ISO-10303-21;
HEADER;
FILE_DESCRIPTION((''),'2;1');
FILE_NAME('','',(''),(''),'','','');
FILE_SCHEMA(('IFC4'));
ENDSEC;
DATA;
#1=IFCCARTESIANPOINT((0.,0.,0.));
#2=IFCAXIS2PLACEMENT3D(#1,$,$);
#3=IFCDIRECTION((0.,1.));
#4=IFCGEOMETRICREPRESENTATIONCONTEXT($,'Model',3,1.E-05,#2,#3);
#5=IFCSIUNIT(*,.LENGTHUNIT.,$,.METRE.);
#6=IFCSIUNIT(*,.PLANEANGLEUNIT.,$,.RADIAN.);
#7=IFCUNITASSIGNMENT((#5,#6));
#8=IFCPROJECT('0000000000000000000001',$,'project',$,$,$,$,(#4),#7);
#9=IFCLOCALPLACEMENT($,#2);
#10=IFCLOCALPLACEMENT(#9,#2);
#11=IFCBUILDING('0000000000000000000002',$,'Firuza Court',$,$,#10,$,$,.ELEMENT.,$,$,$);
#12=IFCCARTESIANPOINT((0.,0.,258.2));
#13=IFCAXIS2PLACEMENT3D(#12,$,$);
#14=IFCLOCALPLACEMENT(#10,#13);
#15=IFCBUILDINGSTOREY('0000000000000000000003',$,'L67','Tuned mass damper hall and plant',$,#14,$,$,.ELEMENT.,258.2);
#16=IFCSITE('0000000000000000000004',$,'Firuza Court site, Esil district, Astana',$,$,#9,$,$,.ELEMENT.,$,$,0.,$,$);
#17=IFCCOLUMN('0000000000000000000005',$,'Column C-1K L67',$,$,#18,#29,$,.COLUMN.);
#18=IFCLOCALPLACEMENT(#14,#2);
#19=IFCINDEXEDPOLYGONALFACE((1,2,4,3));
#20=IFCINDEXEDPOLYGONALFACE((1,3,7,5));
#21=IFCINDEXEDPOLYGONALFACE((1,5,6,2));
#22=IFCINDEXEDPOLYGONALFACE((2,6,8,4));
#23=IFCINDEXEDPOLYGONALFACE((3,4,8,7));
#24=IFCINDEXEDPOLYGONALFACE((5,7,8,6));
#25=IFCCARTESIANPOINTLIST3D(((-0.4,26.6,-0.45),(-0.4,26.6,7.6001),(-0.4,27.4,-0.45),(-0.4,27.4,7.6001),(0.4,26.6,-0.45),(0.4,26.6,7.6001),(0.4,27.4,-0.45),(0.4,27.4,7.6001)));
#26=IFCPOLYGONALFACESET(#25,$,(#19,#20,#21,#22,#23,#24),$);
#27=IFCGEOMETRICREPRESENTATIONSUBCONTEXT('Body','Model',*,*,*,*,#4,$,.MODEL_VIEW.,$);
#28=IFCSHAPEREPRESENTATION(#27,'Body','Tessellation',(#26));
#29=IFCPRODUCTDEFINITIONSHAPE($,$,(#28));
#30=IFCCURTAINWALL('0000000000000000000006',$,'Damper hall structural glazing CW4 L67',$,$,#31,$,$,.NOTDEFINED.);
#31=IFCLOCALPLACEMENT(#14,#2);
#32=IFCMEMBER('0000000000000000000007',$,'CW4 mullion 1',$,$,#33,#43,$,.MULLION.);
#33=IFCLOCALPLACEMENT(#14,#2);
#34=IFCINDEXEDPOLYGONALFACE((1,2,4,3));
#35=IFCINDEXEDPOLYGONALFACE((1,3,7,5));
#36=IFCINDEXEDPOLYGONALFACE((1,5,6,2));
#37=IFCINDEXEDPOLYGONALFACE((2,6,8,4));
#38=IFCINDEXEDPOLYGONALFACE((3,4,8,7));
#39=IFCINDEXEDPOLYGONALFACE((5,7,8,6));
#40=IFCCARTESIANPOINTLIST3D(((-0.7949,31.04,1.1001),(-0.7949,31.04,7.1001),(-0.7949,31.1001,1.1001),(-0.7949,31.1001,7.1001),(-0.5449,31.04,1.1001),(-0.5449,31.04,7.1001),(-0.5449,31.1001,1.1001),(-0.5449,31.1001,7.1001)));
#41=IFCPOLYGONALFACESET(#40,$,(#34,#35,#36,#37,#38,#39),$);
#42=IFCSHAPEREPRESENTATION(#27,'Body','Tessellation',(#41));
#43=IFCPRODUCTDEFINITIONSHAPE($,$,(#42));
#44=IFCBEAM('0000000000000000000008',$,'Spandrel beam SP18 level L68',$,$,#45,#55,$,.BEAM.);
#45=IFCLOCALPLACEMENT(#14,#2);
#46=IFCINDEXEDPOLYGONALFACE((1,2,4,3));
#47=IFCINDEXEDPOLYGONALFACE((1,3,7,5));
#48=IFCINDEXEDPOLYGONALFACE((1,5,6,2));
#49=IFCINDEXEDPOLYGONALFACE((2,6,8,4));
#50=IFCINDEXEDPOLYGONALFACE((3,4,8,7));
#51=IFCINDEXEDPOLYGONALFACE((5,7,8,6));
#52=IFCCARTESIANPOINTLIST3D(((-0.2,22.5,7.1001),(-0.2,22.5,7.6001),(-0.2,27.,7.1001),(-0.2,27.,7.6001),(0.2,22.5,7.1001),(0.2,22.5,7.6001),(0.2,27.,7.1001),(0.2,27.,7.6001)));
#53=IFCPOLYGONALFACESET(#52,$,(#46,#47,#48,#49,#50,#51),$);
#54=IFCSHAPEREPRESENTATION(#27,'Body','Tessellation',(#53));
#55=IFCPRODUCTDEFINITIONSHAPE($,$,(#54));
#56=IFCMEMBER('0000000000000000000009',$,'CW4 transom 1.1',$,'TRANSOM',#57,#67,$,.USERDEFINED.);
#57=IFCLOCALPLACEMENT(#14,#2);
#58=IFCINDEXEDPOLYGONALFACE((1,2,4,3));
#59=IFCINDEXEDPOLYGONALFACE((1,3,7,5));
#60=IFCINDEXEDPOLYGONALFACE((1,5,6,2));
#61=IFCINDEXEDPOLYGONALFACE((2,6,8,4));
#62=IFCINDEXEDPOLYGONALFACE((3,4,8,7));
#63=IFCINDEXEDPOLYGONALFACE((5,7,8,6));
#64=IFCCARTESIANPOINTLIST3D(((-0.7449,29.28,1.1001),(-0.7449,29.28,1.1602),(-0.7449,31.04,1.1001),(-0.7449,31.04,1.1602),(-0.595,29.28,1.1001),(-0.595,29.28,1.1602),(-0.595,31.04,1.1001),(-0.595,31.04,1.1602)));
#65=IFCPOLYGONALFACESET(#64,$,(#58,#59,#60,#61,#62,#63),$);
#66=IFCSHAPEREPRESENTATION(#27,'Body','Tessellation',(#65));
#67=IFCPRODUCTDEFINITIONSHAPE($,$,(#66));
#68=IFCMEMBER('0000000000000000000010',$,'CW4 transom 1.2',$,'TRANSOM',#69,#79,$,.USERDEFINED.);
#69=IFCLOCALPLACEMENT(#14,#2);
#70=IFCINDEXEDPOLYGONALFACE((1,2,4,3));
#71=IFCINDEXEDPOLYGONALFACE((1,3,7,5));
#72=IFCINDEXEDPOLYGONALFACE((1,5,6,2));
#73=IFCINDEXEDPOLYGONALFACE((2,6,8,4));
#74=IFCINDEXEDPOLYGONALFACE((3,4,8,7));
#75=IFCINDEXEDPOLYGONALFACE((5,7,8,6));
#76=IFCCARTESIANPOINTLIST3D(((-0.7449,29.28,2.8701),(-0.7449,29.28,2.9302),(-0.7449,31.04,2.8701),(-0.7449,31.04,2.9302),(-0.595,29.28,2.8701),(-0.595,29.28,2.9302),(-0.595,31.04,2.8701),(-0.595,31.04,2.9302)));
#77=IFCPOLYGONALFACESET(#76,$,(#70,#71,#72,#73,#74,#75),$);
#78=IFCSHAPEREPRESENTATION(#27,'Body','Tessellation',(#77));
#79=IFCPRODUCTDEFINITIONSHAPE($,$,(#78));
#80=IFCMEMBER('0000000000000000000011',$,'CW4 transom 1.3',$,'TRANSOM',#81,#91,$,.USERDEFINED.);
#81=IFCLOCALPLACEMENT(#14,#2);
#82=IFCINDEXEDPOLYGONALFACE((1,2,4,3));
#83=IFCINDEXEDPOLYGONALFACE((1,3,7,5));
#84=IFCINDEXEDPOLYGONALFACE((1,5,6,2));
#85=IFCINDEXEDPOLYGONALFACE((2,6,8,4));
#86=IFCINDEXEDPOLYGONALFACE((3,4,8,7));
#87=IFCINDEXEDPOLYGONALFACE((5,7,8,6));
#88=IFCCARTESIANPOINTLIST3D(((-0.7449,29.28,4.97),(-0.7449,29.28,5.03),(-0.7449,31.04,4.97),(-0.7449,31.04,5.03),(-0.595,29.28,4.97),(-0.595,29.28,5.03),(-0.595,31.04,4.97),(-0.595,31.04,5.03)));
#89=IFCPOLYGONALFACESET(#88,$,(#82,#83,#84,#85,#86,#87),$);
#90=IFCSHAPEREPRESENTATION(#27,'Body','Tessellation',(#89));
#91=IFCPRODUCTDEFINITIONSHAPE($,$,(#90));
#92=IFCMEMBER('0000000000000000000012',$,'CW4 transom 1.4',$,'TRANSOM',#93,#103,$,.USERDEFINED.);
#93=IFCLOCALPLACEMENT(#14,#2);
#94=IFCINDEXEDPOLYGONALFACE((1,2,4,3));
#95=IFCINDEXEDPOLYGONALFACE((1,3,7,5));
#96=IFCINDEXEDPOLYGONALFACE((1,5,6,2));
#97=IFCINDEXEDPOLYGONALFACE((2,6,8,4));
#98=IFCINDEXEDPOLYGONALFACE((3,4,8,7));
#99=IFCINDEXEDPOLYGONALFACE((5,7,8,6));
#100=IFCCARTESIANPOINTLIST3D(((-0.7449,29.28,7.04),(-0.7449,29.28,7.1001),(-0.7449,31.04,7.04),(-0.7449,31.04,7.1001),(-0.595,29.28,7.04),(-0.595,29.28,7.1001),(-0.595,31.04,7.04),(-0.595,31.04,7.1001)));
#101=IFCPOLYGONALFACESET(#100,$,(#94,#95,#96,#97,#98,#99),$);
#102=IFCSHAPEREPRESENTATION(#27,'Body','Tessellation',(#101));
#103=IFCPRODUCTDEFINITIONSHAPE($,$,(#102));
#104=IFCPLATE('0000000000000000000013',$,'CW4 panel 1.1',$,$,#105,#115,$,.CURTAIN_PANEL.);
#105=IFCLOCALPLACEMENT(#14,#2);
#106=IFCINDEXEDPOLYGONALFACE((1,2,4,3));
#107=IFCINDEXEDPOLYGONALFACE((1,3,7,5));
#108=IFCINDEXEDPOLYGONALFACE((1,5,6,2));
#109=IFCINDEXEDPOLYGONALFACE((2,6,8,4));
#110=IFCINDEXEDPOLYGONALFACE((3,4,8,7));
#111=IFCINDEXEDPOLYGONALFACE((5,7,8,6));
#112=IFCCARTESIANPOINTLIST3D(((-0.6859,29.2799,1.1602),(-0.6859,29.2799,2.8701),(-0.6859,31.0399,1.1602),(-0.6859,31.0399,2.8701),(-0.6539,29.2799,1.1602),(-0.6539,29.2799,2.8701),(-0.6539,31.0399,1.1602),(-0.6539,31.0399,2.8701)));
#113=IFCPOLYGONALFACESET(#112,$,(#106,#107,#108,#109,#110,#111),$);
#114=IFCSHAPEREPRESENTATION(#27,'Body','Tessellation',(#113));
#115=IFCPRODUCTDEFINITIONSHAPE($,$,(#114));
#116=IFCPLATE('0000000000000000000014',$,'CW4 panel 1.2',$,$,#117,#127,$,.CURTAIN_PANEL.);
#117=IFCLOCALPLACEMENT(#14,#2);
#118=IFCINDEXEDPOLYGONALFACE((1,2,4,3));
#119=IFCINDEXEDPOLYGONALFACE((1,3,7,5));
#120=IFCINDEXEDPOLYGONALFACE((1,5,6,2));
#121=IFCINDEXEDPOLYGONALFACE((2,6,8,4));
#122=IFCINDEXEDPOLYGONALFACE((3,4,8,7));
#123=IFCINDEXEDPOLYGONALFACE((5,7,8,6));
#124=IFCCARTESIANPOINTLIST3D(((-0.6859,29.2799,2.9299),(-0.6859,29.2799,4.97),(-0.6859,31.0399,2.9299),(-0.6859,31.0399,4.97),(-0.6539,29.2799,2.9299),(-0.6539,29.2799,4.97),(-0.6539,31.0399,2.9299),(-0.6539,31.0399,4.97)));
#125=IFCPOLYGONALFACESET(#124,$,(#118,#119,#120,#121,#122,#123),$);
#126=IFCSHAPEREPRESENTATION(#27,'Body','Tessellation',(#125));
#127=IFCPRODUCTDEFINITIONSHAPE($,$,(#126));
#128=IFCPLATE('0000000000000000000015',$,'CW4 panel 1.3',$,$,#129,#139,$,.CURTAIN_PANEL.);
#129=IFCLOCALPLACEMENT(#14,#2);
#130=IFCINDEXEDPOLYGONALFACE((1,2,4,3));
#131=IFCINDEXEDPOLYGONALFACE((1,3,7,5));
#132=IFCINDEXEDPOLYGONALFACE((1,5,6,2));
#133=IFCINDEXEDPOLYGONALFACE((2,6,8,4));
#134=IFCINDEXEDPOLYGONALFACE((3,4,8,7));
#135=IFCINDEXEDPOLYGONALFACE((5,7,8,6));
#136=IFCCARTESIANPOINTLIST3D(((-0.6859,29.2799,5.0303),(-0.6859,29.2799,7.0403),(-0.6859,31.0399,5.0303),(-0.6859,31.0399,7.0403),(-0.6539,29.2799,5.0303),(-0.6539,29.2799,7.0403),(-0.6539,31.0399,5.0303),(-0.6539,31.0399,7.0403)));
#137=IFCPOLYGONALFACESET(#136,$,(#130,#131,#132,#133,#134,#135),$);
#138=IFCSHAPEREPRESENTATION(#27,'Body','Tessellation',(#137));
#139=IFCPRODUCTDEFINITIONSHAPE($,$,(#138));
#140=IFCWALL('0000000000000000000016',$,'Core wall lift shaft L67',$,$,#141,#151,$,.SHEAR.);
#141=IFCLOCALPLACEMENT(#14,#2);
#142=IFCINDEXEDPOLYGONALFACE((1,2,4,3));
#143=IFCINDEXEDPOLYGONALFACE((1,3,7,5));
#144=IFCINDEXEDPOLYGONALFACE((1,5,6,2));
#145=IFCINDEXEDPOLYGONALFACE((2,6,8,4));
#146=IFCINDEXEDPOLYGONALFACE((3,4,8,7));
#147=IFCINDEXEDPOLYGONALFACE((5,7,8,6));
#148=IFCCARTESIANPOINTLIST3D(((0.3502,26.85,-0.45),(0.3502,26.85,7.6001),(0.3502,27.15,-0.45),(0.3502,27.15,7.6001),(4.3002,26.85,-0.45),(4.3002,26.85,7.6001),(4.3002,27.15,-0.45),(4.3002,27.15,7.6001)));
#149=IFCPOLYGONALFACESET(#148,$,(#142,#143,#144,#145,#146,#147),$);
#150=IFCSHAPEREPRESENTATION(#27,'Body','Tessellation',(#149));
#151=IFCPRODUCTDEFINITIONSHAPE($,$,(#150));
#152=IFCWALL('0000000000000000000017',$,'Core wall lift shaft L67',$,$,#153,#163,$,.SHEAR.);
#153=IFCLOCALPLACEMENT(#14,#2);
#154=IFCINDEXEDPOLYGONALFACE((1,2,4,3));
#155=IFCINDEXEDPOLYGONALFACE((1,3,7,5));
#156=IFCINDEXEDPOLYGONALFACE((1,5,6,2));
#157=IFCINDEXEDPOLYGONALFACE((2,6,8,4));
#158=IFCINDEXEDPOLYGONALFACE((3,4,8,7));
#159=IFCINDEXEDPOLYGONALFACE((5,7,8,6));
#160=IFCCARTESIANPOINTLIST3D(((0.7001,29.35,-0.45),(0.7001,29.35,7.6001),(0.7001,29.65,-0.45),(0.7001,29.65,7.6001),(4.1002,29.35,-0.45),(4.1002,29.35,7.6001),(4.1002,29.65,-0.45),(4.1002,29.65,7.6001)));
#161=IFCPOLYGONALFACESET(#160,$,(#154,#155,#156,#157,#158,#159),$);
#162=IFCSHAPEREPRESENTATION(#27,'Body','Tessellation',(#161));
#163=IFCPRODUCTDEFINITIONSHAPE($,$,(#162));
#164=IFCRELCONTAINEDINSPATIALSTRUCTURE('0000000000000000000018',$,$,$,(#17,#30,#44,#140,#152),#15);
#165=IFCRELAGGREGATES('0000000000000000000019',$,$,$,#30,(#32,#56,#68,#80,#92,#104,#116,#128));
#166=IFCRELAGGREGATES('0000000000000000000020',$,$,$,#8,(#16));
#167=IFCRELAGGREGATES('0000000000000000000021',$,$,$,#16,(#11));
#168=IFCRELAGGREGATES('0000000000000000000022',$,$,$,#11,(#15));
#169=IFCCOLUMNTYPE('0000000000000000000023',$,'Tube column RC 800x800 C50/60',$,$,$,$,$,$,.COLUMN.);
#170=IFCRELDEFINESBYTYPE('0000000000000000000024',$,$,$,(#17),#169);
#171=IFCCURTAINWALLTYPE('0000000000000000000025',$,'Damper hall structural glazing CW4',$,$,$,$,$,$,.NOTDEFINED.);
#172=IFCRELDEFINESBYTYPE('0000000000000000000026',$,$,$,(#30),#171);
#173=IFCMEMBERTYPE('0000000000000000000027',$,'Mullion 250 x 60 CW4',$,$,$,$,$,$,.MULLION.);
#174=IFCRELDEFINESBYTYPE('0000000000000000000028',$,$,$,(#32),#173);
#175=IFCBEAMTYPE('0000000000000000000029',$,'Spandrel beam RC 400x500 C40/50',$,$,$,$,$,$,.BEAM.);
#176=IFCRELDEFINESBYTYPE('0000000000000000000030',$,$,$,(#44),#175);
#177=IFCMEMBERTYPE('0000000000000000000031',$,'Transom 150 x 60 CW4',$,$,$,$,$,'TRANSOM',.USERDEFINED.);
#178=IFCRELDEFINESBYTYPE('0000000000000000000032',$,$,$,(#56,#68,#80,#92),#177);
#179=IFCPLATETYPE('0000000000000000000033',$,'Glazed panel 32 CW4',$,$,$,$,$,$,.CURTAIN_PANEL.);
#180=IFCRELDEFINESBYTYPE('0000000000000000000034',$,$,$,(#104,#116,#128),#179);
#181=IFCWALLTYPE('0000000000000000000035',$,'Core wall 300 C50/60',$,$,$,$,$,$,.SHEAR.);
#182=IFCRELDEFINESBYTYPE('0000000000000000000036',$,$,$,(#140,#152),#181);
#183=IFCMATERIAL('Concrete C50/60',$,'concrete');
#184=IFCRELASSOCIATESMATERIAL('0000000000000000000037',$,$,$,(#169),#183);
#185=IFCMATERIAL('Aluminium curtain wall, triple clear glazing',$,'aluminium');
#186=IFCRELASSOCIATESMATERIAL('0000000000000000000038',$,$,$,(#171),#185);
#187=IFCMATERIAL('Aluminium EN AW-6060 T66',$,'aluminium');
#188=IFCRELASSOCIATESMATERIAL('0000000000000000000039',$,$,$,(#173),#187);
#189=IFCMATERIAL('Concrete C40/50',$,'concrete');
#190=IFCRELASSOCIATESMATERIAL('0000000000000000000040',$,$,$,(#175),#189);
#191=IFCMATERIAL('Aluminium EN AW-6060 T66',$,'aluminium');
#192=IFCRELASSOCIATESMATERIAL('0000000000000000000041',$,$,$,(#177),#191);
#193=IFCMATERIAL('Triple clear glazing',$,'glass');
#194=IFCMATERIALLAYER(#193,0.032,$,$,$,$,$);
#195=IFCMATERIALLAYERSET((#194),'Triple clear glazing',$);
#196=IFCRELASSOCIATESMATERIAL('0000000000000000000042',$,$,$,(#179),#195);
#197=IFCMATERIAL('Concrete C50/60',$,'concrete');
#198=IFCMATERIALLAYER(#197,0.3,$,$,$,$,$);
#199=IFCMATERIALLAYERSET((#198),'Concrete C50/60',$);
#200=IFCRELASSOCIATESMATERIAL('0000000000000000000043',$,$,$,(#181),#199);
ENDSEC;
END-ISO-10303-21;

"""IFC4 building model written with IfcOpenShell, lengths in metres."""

from ifc_helpers import new_model, si_unit, direction, frame, frame_2d, origin, origin_2d, place, context, subcontext, project, spatial, rectangle, extrude, material, layer, layer_set, material_profile, profile_set, type_object, element, aggregate, save


model = new_model("IFC4")

# Units and contexts
model_context = context("Model", 3, precision=1e-05, world=origin(), true_north=direction((0.0, 1.0)))
body_context = subcontext(model_context, "Body", "Model", "MODEL_VIEW")
ifc_project = project(units=[si_unit("LENGTHUNIT", "METRE"), si_unit("PLANEANGLEUNIT", "RADIAN")], contexts=[model_context])

# Site, building, storey
site_placement = place(None, origin())
site = spatial("IfcSite", under=ifc_project, at=site_placement, Name="Firuza Court site, Esil district, Astana", CompositionType="ELEMENT", RefElevation=0.0)
building_placement = place(site_placement, origin())
building = spatial("IfcBuilding", under=site, at=building_placement, Name="Firuza Court", CompositionType="ELEMENT")
storey_placement = place(building_placement, frame((0.0, 0.0, 258.2)))
storey = spatial("IfcBuildingStorey", under=building, at=storey_placement, Name="L67", Description="Tuned mass damper hall and plant", CompositionType="ELEMENT", Elevation=258.2)

# Column
ifc_material_1 = material(Name="Concrete C50/60", Category="concrete")
ifc_material_profile_1 = material_profile(ifc_material_1, rectangle(XDim=0.8, YDim=0.8, at=origin_2d()), Name="RC 800x800")
ifc_profile_set_1 = profile_set([ifc_material_profile_1], Name="Concrete C50/60")
column_type = type_object("IfcColumnType", Name="Tube column RC 800x800 C50/60", PredefinedType="COLUMN", material=ifc_profile_set_1)
column_placement = place(storey_placement, frame((0.0, 27.0, -0.45), z_axis=(0.0, 0.0, 1.0), x_axis=(1.0, 0.0, 0.0)))
element("IfcColumn", 1, at=column_placement, inside=storey, type_object=column_type, Name="Column C-1K L67", PredefinedType="COLUMN", context=body_context, shape_type="SweptSolid", body=[
    extrude(rectangle(XDim=0.8, YDim=0.8, at=origin_2d()), origin(), (0.0, 0.0, 1.0), 8.05),
])

# Curtain wall, member
ifc_material_2 = material(Name="Aluminium curtain wall, triple clear glazing", Category="aluminium")
curtain_wall_type = type_object("IfcCurtainWallType", Name="Damper hall structural glazing CW4", PredefinedType="NOTDEFINED", material=ifc_material_2)
curtain_wall_placement = place(storey_placement, origin())
curtain_wall = element("IfcCurtainWall", 2, at=curtain_wall_placement, inside=storey, type_object=curtain_wall_type, Name="Damper hall structural glazing CW4 L67", PredefinedType="NOTDEFINED")
ifc_material_3 = material(Name="Aluminium EN AW-6060 T66", Category="aluminium")
ifc_material_profile_2 = material_profile(ifc_material_3, rectangle(XDim=0.25, YDim=0.0601, at=origin_2d()), Name="Mullion 250 x 60 CW4")
ifc_profile_set_2 = profile_set([ifc_material_profile_2], Name="Aluminium EN AW-6060 T66")
member_type_1 = type_object("IfcMemberType", Name="Mullion 250 x 60 CW4", PredefinedType="MULLION", material=ifc_profile_set_2)
member_1_placement = place(storey_placement, frame((-0.6699, 31.0701, 1.1001), z_axis=(0.0, 0.0, 1.0), x_axis=(1.0, 0.0, 0.0)))
member_1 = element("IfcMember", 3, at=member_1_placement, type_object=member_type_1, Name="CW4 mullion 1", PredefinedType="MULLION", context=body_context, shape_type="SweptSolid", body=[
    extrude(rectangle(XDim=0.25, YDim=0.0601, at=origin_2d()), origin(), (0.0, 0.0, 1.0), 6.0),
])

# Beam
ifc_material_4 = material(Name="Concrete C40/50", Category="concrete")
ifc_material_profile_3 = material_profile(ifc_material_4, rectangle(XDim=0.3999, YDim=0.5, at=origin_2d()), Name="RC 400x500")
ifc_profile_set_3 = profile_set([ifc_material_profile_3], Name="Concrete C40/50")
beam_type = type_object("IfcBeamType", Name="Spandrel beam RC 400x500 C40/50", PredefinedType="BEAM", material=ifc_profile_set_3)
beam_placement = place(storey_placement, frame((0.0, 27.0, 7.3501), z_axis=(0.0, -1.0, 0.0), x_axis=(1.0, 0.0, 0.0)))
element("IfcBeam", 4, at=beam_placement, inside=storey, type_object=beam_type, Name="Spandrel beam SP18 level L68", PredefinedType="BEAM", context=body_context, shape_type="SweptSolid", body=[
    extrude(rectangle(XDim=0.3999, YDim=0.5, at=origin_2d()), origin(), (0.0, 0.0, 1.0), 4.5),
])

# Members
ifc_material_5 = material(Name="Aluminium EN AW-6060 T66", Category="aluminium")
ifc_material_profile_4 = material_profile(ifc_material_5, rectangle(XDim=0.1499, YDim=0.0601, at=origin_2d()), Name="Transom 150 x 60 CW4")
ifc_profile_set_4 = profile_set([ifc_material_profile_4], Name="Aluminium EN AW-6060 T66")
member_type_2 = type_object("IfcMemberType", Name="Transom 150 x 60 CW4", ElementType="TRANSOM", PredefinedType="USERDEFINED", material=ifc_profile_set_4)
member_2_placement = place(storey_placement, frame((-0.6699, 31.04, 1.1301), z_axis=(0.0, -1.0, 0.0), x_axis=(1.0, 0.0, 0.0)))
member_2 = element("IfcMember", 5, at=member_2_placement, type_object=member_type_2, Name="CW4 transom 1.1", ObjectType="TRANSOM", PredefinedType="USERDEFINED", context=body_context, shape_type="SweptSolid", body=[
    extrude(rectangle(XDim=0.1499, YDim=0.0601, at=origin_2d()), origin(), (0.0, 0.0, 1.0), 1.76),
])
member_3_placement = place(storey_placement, frame((-0.6699, 31.04, 2.9001), z_axis=(0.0, -1.0, 0.0), x_axis=(1.0, 0.0, 0.0)))
member_3 = element("IfcMember", 6, at=member_3_placement, type_object=member_type_2, Name="CW4 transom 1.2", ObjectType="TRANSOM", PredefinedType="USERDEFINED", context=body_context, shape_type="SweptSolid", body=[
    extrude(rectangle(XDim=0.1499, YDim=0.0601, at=origin_2d()), origin(), (0.0, 0.0, 1.0), 1.76),
])
member_4_placement = place(storey_placement, frame((-0.6699, 31.04, 5.0), z_axis=(0.0, -1.0, 0.0), x_axis=(1.0, 0.0, 0.0)))
member_4 = element("IfcMember", 7, at=member_4_placement, type_object=member_type_2, Name="CW4 transom 1.3", ObjectType="TRANSOM", PredefinedType="USERDEFINED", context=body_context, shape_type="SweptSolid", body=[
    extrude(rectangle(XDim=0.1499, YDim=0.0601, at=origin_2d()), origin(), (0.0, 0.0, 1.0), 1.76),
])
member_5_placement = place(storey_placement, frame((-0.6699, 31.04, 7.0701), z_axis=(0.0, -1.0, 0.0), x_axis=(1.0, 0.0, 0.0)))
member_5 = element("IfcMember", 8, at=member_5_placement, type_object=member_type_2, Name="CW4 transom 1.4", ObjectType="TRANSOM", PredefinedType="USERDEFINED", context=body_context, shape_type="SweptSolid", body=[
    extrude(rectangle(XDim=0.1499, YDim=0.0601, at=origin_2d()), origin(), (0.0, 0.0, 1.0), 1.76),
])

# Plates
ifc_material_6 = material(Name="Triple clear glazing", Category="glass")
ifc_layer_1 = layer(ifc_material_6, 0.032)
ifc_layer_set_1 = layer_set([ifc_layer_1], Name="Triple clear glazing")
plate_type = type_object("IfcPlateType", Name="Glazed panel 32 CW4", PredefinedType="CURTAIN_PANEL", material=ifc_layer_set_1)
plate_1_placement = place(storey_placement, frame((-0.6699, 30.1599, 1.1602), z_axis=(0.0, 0.0, 1.0), x_axis=(0.0, -1.0, 0.0)))
plate_1 = element("IfcPlate", 9, at=plate_1_placement, type_object=plate_type, Name="CW4 panel 1.1", PredefinedType="CURTAIN_PANEL", context=body_context, shape_type="SweptSolid", body=[
    extrude(rectangle(XDim=1.76, YDim=0.032, at=origin_2d()), origin(), (0.0, 0.0, 1.0), 1.71),
])
plate_2_placement = place(storey_placement, frame((-0.6699, 30.1599, 2.9299), z_axis=(0.0, 0.0, 1.0), x_axis=(0.0, -1.0, 0.0)))
plate_2 = element("IfcPlate", 10, at=plate_2_placement, type_object=plate_type, Name="CW4 panel 1.2", PredefinedType="CURTAIN_PANEL", context=body_context, shape_type="SweptSolid", body=[
    extrude(rectangle(XDim=1.76, YDim=0.032, at=origin_2d()), origin(), (0.0, 0.0, 1.0), 2.04),
])
plate_3_placement = place(storey_placement, frame((-0.6699, 30.1599, 5.0303), z_axis=(0.0, 0.0, 1.0), x_axis=(0.0, -1.0, 0.0)))
plate_3 = element("IfcPlate", 11, at=plate_3_placement, type_object=plate_type, Name="CW4 panel 1.3", PredefinedType="CURTAIN_PANEL", context=body_context, shape_type="SweptSolid", body=[
    extrude(rectangle(XDim=1.76, YDim=0.032, at=origin_2d()), origin(), (0.0, 0.0, 1.0), 2.01),
])
aggregate(curtain_wall, [member_1, member_2, member_3, member_4, member_5, plate_1, plate_2, plate_3])

# Walls
ifc_material_7 = material(Name="Concrete C50/60", Category="concrete")
ifc_layer_2 = layer(ifc_material_7, 0.3)
ifc_layer_set_2 = layer_set([ifc_layer_2], Name="Concrete C50/60")
wall_type_1 = type_object("IfcWallType", Name="Core wall 300 C50/60", PredefinedType="SHEAR", material=ifc_layer_set_2)
wall_1_placement = place(storey_placement, frame((0.3501, 27.0, -0.45), z_axis=(0.0, 0.0, 1.0), x_axis=(1.0, 0.0, 0.0)))
element("IfcWall", 12, at=wall_1_placement, inside=storey, type_object=wall_type_1, Name="Core wall lift shaft L67", PredefinedType="SHEAR", context=body_context, shape_type="SweptSolid", body=[
    extrude(rectangle(XDim=3.95, YDim=0.3, at=frame_2d((1.9751, 0.0))), origin(), (0.0, 0.0, 1.0), 8.05),
])
wall_2_placement = place(storey_placement, frame((0.7, 29.5, -0.45), z_axis=(0.0, 0.0, 1.0), x_axis=(1.0, 0.0, 0.0)))
element("IfcWall", 13, at=wall_2_placement, inside=storey, type_object=wall_type_1, Name="Core wall lift shaft L67", PredefinedType="SHEAR", context=body_context, shape_type="SweptSolid", body=[
    extrude(rectangle(XDim=3.4001, YDim=0.3, at=frame_2d((1.7002, 0.0))), origin(), (0.0, 0.0, 1.0), 8.05),
])

save(model, "model.ifc")
